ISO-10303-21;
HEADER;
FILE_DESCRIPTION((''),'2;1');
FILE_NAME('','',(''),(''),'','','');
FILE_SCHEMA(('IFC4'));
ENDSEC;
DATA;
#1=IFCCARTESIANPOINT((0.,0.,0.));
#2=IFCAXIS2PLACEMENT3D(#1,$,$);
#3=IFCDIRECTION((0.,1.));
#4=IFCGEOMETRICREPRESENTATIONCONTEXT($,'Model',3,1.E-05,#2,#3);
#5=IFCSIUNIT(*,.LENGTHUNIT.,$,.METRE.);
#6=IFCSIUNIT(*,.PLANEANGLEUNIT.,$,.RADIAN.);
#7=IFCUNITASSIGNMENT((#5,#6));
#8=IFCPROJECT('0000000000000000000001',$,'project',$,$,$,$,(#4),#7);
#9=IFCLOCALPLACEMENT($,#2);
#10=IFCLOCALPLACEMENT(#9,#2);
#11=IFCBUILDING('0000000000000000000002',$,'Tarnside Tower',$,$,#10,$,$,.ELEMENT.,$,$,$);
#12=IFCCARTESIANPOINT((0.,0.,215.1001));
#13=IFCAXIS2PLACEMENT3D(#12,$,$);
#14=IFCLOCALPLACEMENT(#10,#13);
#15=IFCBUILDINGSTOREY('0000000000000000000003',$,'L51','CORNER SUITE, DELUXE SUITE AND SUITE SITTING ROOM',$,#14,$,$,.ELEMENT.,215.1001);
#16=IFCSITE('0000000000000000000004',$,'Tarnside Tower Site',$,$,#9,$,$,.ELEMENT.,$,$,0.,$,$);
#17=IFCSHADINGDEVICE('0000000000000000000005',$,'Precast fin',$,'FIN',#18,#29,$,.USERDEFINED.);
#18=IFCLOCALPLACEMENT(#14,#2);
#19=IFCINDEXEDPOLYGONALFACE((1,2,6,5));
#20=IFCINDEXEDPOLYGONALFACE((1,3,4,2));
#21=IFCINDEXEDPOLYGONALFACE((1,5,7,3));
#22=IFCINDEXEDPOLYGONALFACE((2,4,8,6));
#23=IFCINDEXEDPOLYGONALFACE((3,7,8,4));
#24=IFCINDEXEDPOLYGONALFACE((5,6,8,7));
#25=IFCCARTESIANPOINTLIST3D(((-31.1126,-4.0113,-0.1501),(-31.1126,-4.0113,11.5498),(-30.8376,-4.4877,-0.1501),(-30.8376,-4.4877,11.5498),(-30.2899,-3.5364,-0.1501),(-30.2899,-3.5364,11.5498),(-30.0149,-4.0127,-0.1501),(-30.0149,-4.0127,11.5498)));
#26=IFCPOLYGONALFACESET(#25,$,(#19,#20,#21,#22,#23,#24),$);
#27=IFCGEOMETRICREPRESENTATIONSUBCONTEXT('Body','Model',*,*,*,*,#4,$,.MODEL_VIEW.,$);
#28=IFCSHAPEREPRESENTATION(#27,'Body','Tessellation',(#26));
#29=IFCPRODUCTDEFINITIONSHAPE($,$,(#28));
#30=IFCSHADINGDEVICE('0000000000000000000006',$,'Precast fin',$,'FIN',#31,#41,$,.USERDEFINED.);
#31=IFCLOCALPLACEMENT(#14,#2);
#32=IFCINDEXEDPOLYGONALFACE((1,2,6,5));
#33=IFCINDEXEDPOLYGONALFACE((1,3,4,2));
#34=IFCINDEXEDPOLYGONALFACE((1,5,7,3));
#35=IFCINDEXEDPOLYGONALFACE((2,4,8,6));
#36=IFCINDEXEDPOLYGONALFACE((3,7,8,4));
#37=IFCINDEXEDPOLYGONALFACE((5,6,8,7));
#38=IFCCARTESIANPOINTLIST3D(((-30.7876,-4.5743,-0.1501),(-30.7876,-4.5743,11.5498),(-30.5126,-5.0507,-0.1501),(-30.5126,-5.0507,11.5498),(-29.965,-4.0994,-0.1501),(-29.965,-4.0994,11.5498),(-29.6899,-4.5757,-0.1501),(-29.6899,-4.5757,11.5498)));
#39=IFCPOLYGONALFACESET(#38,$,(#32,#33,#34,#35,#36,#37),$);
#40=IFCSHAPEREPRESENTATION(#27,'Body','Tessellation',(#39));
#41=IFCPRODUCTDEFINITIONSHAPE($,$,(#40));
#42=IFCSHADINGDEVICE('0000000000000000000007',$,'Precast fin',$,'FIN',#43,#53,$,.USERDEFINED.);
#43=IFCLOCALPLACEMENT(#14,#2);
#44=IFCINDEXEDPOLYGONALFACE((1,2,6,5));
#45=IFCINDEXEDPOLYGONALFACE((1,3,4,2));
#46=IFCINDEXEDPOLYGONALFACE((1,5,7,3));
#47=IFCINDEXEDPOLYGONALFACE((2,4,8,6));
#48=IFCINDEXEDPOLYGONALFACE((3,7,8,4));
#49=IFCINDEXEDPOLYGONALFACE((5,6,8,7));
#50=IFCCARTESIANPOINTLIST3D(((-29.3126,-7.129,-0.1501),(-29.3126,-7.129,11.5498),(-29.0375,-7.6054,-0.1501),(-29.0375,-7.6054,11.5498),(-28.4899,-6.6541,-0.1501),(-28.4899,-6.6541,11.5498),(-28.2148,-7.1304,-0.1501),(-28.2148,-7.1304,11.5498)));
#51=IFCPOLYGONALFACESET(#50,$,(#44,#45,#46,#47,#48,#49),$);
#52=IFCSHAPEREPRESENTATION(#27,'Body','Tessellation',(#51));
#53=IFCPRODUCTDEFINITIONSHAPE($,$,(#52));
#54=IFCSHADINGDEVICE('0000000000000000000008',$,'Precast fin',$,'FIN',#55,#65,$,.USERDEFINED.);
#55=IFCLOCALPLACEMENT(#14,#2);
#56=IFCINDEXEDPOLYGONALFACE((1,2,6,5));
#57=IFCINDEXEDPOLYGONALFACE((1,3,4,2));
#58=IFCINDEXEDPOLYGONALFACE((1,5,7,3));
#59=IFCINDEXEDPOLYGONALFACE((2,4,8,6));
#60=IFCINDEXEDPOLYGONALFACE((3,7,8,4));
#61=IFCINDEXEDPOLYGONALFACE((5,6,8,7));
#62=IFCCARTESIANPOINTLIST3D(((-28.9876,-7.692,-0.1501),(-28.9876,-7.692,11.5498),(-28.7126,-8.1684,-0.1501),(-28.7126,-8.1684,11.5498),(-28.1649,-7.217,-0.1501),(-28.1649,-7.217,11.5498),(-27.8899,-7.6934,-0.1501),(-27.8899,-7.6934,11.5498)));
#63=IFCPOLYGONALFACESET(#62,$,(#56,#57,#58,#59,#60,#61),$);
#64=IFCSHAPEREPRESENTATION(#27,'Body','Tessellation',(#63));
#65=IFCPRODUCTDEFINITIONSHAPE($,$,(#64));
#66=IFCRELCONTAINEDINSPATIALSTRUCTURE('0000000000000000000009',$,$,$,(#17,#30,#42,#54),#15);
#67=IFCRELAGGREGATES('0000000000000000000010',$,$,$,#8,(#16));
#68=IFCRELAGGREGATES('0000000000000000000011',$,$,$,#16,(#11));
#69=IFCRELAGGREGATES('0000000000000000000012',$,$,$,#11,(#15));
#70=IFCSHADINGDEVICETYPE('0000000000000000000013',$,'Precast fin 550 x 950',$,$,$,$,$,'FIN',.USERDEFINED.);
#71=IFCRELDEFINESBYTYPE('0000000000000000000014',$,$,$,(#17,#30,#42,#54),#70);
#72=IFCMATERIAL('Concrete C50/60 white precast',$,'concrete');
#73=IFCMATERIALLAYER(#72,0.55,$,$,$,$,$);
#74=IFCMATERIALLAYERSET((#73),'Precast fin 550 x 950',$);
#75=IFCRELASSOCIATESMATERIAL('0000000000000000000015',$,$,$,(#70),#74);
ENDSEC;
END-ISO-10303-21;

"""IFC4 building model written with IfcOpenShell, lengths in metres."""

from ifc_helpers import new_model, si_unit, direction, frame, origin, place, context, subcontext, project, spatial, polyline, outline, extrude, material, layer, layer_set, type_object, element, save


model = new_model("IFC4")

# Units and contexts
model_context = context("Model", 3, precision=1e-05, world=origin(), true_north=direction((0.0, 1.0)))
body_context = subcontext(model_context, "Body", "Model", "MODEL_VIEW")
ifc_project = project(units=[si_unit("LENGTHUNIT", "METRE"), si_unit("PLANEANGLEUNIT", "RADIAN")], contexts=[model_context])

# Site, building, storey
site_placement = place(None, origin())
site = spatial("IfcSite", under=ifc_project, at=site_placement, Name="Tarnside Tower Site", CompositionType="ELEMENT", RefElevation=0.0)
building_placement = place(site_placement, origin())
building = spatial("IfcBuilding", under=site, at=building_placement, Name="Tarnside Tower", CompositionType="ELEMENT")
storey_placement = place(building_placement, frame((0.0, 0.0, 215.1001)))
storey = spatial("IfcBuildingStorey", under=building, at=storey_placement, Name="L51", Description="CORNER SUITE, DELUXE SUITE AND SUITE SITTING ROOM", CompositionType="ELEMENT", Elevation=215.1001)

# Shading devices
ifc_material_1 = material(Name="Concrete C50/60 white precast", Category="concrete")
ifc_layer_1 = layer(ifc_material_1, 0.55)
ifc_layer_set_1 = layer_set([ifc_layer_1], Name="Precast fin 550 x 950")
shading_device_type_1 = type_object("IfcShadingDeviceType", Name="Precast fin 550 x 950", ElementType="FIN", PredefinedType="USERDEFINED", material=ifc_layer_set_1)
for number, where, z_axis, x_axis, name in (
    (1, (-30.1523, -3.7747, -0.1501), (-0.5, 0.866025, 0.0), (-0.866025, -0.5, 0.0), "Precast fin"),
    (2, (-29.8274, -4.3376, -0.1501), (-0.5, 0.866025, 0.0), (-0.866025, -0.5, 0.0), "Precast fin"),
    (3, (-28.3523, -6.8923, -0.1501), (-0.5, 0.866025, 0.0), (-0.866025, -0.5, 0.0), "Precast fin"),
    (4, (-28.0273, -7.4553, -0.1501), (-0.5, 0.866025, 0.0), (-0.866025, -0.5, 0.0), "Precast fin"),
):
    element("IfcShadingDevice", number, at=place(storey_placement, frame(where, z_axis=z_axis, x_axis=x_axis)), inside=storey, type_object=shading_device_type_1, Name=name, ObjectType="FIN", PredefinedType="USERDEFINED", context=body_context, shape_type="SweptSolid", body=[
        extrude(outline(polyline([(0.0, 0.0), (0.95, 0.0), (0.95, 11.7), (0.0, 11.7), (0.0, 0.0)])), frame((0.0, 0.0, -0.2749)), (0.0, 0.0, 1.0), 0.55),
    ])

save(model, "model.ifc")
